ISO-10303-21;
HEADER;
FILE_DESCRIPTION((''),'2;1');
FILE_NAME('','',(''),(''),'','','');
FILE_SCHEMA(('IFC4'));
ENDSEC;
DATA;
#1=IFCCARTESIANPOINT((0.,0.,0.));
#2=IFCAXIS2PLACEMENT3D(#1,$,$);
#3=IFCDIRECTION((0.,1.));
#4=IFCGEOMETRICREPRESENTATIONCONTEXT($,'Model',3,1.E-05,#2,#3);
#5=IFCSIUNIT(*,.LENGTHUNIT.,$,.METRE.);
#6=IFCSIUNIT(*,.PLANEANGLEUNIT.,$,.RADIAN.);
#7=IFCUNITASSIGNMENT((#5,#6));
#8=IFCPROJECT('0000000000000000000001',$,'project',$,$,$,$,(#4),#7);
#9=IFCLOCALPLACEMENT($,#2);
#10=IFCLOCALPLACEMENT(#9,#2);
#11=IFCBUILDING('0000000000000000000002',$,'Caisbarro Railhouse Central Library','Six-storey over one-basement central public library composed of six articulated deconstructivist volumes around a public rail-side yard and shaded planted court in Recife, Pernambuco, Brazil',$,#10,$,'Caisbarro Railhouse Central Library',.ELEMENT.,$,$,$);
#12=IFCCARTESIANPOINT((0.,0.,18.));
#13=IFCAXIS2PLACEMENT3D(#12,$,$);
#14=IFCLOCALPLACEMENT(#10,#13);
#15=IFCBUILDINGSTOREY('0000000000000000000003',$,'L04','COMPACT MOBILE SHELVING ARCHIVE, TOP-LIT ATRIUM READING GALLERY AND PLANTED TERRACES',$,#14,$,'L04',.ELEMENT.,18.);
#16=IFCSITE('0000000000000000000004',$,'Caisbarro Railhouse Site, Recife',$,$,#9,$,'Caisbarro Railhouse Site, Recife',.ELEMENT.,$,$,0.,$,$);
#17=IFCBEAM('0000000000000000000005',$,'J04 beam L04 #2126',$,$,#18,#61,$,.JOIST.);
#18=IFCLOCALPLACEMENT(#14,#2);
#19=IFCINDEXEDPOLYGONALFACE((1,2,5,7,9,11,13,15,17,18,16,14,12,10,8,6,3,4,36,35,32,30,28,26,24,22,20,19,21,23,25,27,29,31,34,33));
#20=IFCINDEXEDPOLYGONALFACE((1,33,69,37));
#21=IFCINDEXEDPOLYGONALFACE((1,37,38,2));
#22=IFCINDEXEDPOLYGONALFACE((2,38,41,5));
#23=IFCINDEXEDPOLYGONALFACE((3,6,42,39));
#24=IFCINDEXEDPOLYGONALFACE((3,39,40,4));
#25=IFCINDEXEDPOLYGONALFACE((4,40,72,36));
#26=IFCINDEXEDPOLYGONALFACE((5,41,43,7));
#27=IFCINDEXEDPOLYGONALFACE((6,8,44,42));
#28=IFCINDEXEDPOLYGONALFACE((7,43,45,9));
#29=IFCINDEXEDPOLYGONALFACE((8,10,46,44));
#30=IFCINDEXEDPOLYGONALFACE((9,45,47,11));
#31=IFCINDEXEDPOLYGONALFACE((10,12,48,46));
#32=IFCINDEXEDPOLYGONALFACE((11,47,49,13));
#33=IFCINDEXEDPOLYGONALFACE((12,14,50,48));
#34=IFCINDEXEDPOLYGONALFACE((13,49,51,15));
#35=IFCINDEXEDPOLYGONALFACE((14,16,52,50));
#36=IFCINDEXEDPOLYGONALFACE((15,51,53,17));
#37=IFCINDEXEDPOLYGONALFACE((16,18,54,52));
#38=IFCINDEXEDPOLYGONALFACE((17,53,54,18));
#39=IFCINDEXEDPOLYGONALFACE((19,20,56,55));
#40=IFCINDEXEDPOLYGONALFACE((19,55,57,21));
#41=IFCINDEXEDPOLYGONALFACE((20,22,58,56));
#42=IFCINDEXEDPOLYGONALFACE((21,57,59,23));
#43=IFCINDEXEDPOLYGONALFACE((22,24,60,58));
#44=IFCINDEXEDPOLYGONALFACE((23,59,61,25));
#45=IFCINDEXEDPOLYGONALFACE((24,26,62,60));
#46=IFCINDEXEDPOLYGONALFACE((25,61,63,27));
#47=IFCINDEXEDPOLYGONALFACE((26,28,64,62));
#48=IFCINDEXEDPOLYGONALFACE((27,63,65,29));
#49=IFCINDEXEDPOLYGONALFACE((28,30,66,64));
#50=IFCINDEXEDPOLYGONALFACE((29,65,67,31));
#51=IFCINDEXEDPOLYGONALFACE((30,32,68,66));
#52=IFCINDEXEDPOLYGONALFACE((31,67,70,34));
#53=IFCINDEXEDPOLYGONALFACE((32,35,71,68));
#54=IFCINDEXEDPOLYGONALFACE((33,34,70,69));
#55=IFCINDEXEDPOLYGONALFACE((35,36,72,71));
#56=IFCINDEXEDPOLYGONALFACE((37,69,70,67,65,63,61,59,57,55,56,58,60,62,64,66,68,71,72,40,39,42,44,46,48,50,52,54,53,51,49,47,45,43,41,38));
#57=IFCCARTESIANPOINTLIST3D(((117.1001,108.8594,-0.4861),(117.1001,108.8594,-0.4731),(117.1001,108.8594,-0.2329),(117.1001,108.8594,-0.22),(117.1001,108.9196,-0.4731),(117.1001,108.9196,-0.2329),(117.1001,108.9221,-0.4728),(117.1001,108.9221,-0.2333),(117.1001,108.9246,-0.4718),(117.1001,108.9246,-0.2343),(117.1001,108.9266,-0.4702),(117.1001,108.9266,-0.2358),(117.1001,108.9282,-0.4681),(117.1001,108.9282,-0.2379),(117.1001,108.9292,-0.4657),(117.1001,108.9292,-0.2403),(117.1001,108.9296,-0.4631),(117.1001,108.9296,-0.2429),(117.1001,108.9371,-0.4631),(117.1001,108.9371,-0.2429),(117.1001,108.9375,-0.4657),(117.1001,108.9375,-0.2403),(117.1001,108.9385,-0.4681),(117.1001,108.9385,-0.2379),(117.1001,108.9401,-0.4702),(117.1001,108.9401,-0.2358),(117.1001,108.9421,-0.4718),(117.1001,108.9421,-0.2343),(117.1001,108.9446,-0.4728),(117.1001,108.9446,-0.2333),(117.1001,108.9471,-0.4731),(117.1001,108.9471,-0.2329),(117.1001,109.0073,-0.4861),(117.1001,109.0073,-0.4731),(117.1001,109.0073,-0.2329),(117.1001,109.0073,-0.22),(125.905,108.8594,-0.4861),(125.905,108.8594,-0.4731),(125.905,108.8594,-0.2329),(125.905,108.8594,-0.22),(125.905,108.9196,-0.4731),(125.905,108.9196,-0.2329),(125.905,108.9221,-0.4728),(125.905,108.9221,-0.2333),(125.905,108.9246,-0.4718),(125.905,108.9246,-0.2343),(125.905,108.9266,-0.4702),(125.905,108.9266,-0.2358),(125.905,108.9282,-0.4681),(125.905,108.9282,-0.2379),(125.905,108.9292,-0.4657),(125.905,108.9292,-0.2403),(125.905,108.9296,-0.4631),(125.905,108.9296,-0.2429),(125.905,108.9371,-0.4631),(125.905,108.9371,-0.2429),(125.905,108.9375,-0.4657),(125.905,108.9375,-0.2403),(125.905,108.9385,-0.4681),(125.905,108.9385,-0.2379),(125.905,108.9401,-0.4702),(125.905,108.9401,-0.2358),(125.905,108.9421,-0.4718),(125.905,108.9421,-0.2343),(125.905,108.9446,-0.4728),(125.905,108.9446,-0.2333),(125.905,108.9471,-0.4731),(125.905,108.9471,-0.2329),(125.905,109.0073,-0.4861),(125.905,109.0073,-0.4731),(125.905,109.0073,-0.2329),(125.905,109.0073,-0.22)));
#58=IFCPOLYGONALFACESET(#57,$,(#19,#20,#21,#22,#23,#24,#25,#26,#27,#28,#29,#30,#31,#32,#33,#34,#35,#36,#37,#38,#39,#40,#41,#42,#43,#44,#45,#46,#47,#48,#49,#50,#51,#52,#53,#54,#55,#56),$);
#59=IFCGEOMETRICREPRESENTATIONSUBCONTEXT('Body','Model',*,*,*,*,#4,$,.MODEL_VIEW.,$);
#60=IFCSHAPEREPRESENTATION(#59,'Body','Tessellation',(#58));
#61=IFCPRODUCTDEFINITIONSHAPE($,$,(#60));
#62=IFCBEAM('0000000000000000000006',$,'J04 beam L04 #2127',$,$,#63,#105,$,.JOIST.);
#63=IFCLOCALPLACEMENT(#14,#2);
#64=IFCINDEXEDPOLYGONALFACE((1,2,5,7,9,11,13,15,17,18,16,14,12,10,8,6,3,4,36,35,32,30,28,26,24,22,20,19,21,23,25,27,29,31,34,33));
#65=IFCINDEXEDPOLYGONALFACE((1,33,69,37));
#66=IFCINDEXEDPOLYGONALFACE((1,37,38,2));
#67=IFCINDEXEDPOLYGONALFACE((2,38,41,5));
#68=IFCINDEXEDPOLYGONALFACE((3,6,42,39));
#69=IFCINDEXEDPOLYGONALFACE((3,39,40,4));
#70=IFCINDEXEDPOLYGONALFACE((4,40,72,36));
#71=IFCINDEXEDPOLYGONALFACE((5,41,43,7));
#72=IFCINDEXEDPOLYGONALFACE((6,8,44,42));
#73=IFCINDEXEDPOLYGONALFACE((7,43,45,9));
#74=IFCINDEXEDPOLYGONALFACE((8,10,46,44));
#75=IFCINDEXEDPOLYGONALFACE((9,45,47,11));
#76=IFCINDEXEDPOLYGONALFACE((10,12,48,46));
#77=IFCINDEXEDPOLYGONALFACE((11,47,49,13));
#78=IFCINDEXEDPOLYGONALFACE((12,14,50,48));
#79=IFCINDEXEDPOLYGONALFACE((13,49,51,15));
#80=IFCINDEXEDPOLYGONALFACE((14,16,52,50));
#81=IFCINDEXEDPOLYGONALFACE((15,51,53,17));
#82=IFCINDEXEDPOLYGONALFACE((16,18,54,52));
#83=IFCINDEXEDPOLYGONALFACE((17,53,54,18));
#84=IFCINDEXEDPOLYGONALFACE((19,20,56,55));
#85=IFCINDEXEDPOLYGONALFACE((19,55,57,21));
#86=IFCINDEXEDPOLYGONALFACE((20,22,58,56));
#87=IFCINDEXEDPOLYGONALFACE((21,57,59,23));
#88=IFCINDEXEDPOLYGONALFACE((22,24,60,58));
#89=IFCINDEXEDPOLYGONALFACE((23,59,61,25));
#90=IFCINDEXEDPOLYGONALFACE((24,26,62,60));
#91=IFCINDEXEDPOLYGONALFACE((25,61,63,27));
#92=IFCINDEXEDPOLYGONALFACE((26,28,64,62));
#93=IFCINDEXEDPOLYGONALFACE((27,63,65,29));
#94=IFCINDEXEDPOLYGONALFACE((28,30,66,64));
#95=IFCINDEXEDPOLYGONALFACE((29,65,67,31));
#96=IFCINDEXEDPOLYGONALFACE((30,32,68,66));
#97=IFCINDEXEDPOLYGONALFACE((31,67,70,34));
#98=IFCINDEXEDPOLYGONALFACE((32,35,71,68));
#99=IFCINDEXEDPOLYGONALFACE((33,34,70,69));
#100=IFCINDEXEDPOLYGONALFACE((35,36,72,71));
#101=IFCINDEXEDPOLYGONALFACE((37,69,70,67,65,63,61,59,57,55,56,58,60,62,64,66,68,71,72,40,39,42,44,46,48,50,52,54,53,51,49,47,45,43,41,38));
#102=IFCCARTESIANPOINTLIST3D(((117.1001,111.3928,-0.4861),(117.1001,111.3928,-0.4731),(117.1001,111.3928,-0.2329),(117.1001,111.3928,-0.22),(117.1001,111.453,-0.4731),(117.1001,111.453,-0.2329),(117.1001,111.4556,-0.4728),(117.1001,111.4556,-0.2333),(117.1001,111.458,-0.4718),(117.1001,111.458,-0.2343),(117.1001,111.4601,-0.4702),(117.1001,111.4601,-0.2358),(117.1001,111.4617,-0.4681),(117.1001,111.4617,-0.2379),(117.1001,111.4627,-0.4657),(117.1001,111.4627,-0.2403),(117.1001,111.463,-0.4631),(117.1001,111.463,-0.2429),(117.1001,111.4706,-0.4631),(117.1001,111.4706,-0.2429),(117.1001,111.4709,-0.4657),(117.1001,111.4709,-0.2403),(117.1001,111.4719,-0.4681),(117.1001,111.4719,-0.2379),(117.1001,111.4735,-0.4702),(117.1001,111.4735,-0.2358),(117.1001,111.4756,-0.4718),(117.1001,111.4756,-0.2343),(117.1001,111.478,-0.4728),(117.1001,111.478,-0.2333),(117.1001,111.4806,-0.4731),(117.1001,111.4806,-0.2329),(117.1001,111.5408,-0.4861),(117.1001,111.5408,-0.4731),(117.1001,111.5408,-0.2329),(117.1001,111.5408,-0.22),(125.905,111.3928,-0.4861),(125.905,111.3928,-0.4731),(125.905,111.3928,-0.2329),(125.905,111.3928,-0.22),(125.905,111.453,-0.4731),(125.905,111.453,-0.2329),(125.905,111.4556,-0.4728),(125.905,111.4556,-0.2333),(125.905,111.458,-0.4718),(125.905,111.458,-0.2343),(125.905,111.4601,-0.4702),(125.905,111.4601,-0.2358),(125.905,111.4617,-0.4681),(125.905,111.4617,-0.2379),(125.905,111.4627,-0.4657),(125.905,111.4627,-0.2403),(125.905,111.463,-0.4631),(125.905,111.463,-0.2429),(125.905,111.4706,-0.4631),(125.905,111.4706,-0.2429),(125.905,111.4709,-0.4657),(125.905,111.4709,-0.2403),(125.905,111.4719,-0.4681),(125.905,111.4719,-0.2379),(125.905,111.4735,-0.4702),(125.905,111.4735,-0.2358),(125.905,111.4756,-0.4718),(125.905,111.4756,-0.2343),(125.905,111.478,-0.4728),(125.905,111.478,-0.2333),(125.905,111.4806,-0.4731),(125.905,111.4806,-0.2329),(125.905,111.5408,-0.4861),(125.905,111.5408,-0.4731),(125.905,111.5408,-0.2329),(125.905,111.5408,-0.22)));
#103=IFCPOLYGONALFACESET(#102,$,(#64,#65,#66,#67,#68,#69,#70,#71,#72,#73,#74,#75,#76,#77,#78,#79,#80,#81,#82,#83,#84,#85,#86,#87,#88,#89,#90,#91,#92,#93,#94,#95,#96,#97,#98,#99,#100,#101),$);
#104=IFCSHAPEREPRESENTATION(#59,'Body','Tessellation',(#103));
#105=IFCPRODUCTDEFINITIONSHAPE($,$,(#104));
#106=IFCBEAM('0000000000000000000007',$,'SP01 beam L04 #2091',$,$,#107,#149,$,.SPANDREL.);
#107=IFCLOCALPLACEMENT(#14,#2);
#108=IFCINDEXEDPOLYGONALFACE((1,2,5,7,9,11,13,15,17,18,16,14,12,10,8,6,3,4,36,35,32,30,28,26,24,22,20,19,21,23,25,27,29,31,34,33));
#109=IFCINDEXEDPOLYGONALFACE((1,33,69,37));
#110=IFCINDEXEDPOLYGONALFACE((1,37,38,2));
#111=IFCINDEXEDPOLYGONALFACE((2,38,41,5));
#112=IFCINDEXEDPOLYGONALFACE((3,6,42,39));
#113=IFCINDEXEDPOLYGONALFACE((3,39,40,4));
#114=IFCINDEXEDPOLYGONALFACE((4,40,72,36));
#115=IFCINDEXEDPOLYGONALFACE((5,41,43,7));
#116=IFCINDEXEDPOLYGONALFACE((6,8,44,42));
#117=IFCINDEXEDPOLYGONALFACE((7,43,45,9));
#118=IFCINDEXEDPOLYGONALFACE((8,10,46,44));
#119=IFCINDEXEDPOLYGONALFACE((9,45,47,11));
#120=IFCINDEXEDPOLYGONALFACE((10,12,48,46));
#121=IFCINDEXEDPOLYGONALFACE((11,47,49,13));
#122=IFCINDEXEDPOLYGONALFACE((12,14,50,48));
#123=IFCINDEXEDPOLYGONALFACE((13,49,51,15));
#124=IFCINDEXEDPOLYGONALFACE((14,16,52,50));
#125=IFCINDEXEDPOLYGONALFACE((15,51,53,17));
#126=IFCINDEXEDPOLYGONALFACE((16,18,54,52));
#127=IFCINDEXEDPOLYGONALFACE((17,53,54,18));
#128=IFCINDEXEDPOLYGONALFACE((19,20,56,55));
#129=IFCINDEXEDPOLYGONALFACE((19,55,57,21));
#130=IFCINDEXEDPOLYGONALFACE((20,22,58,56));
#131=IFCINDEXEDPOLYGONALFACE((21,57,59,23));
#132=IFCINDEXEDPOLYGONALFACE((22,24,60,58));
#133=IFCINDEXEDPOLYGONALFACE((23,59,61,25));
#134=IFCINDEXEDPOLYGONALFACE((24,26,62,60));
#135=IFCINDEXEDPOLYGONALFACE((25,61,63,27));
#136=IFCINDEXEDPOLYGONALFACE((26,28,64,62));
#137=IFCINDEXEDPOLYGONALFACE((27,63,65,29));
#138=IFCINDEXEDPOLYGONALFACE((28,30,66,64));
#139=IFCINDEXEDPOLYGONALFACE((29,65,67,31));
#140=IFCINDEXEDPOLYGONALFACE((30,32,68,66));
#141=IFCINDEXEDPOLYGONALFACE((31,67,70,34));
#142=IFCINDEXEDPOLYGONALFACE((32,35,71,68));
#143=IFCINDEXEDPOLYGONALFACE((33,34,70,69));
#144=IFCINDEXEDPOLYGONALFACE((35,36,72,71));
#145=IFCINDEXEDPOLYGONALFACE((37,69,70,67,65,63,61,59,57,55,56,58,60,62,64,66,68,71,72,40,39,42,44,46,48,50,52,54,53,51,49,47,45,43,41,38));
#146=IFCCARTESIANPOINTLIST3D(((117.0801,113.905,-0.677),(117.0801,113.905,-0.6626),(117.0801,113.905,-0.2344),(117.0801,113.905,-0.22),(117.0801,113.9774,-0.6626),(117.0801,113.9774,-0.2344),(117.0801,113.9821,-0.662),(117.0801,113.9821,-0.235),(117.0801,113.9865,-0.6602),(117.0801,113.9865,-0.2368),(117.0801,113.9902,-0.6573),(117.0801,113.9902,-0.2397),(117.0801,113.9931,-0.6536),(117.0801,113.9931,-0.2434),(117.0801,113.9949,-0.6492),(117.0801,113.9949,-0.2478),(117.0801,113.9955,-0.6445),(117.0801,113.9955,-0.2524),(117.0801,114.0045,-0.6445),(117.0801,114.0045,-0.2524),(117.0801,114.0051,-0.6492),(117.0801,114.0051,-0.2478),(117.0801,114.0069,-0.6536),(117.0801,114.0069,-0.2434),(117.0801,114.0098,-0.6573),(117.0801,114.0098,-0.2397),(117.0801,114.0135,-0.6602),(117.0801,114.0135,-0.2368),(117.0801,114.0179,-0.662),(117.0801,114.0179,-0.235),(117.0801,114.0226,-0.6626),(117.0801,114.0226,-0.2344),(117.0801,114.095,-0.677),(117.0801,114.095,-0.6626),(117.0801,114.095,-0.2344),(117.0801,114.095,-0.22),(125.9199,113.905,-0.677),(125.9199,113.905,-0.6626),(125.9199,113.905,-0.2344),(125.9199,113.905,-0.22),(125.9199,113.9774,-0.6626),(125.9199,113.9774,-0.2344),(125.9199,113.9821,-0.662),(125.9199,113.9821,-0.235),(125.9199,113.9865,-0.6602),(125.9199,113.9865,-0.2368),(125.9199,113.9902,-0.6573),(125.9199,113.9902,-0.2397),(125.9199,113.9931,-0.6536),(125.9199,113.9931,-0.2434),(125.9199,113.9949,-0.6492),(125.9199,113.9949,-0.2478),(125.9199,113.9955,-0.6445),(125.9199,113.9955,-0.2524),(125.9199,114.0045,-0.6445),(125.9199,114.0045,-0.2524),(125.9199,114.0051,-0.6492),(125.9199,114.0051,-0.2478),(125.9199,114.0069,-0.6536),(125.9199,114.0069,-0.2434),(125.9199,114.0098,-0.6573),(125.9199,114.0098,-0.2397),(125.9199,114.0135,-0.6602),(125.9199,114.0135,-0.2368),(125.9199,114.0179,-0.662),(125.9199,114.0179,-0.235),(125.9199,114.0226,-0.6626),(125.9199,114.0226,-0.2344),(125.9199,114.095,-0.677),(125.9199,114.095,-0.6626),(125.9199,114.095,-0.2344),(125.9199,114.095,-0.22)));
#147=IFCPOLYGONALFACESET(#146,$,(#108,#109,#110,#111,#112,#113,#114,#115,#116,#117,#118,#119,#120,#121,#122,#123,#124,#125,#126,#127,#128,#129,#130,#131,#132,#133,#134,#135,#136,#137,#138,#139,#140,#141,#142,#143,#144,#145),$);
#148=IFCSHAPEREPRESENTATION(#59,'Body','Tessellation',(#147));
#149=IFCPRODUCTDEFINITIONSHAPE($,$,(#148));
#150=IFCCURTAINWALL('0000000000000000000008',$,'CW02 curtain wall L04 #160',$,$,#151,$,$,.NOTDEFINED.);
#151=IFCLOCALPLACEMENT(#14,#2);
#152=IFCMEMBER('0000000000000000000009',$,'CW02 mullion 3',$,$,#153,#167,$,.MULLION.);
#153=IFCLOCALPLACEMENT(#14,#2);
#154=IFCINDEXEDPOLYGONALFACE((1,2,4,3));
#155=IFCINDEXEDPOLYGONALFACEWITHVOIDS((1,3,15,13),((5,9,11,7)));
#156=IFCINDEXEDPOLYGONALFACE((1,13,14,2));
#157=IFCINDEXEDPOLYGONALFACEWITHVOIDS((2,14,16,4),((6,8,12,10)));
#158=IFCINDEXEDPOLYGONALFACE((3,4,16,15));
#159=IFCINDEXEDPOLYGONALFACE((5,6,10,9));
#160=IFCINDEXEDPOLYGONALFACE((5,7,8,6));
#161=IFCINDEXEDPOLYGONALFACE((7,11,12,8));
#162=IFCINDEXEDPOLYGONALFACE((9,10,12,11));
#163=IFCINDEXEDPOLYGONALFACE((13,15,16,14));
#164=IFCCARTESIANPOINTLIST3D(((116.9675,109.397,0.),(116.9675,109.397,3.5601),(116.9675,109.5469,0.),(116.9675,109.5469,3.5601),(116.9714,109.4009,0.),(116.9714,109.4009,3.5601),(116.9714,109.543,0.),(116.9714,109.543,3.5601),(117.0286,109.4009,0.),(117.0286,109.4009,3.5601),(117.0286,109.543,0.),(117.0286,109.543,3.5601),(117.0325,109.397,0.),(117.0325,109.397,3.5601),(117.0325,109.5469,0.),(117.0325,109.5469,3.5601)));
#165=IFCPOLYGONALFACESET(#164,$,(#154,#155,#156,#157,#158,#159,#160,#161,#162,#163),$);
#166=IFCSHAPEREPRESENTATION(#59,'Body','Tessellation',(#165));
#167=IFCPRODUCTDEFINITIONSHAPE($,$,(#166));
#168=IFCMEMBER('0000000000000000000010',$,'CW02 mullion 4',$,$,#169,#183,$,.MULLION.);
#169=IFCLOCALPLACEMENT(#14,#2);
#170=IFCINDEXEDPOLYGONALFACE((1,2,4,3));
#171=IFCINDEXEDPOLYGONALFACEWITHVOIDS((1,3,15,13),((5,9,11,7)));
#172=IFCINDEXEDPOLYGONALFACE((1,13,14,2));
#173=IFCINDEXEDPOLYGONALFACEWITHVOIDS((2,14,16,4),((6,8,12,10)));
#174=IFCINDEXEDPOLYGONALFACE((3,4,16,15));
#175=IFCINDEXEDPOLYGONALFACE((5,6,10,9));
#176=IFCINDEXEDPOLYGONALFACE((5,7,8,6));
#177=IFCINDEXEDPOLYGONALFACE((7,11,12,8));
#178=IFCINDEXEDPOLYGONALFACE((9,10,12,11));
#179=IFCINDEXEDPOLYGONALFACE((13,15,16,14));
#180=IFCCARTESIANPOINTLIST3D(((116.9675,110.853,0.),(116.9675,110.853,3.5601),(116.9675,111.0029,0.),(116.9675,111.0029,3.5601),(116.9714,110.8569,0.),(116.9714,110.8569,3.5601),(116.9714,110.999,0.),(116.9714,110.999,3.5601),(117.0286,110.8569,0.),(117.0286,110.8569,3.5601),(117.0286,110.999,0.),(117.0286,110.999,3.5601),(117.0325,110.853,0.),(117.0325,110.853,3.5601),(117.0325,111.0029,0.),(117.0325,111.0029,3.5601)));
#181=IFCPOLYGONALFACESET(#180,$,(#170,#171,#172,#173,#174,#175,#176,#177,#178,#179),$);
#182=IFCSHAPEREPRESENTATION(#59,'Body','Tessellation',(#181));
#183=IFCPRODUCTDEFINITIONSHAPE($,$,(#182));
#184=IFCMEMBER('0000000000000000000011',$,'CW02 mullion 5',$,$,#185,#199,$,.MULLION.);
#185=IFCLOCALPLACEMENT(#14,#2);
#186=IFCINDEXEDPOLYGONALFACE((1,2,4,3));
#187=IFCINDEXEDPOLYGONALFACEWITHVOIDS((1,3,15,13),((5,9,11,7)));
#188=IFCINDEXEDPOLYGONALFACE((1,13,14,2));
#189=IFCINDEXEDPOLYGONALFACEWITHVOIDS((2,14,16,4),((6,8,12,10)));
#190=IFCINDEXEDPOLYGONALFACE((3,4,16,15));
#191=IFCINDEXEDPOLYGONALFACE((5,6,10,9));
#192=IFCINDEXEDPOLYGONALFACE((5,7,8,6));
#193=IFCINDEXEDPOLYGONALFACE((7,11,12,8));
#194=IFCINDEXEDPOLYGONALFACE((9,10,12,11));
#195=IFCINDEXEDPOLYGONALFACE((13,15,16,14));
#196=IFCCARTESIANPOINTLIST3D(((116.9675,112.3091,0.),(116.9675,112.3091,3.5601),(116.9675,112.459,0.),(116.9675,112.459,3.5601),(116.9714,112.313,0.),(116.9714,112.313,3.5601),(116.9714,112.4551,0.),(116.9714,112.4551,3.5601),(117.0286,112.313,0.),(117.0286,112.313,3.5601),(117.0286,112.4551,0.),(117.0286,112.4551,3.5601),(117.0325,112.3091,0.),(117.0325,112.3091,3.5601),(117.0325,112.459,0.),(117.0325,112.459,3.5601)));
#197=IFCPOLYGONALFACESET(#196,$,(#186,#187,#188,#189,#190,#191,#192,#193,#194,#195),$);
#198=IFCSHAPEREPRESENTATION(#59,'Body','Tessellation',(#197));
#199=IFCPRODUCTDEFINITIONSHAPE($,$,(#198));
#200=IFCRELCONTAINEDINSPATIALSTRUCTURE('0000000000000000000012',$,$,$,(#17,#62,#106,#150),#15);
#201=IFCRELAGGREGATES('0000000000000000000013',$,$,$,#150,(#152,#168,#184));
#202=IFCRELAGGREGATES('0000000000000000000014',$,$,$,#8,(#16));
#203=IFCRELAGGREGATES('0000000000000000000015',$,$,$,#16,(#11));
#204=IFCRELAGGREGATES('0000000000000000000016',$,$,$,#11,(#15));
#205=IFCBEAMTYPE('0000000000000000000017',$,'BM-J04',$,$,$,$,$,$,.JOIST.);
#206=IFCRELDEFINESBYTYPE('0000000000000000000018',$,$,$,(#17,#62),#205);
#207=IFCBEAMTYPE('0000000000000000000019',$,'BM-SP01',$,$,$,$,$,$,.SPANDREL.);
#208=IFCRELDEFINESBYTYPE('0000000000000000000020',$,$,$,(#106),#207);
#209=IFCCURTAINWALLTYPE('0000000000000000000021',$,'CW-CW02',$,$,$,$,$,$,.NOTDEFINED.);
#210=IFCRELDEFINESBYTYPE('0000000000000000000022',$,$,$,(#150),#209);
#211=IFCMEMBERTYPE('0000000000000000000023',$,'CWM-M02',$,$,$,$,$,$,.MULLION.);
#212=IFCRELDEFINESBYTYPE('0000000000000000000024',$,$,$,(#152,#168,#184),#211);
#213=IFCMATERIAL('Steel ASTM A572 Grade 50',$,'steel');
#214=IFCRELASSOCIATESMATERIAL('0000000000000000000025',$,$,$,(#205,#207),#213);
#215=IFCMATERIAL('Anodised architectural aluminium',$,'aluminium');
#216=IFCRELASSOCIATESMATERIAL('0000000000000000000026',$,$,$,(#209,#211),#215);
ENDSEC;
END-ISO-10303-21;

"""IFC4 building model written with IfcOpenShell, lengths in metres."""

from ifc_helpers import new_model, si_unit, direction, frame, origin, origin_2d, place, context, subcontext, project, spatial, hollow_rectangle, i_section, extrude, material, material_profile, profile_set, type_object, element, aggregate, save


model = new_model("IFC4")

# Units and contexts
model_context = context("Model", 3, precision=1e-05, world=origin(), true_north=direction((0.0, 1.0)))
body_context = subcontext(model_context, "Body", "Model", "MODEL_VIEW")
ifc_project = project(units=[si_unit("LENGTHUNIT", "METRE"), si_unit("PLANEANGLEUNIT", "RADIAN")], contexts=[model_context])

# Site, building, storey
site_placement = place(None, origin())
site = spatial("IfcSite", under=ifc_project, at=site_placement, Name="Caisbarro Railhouse Site, Recife", LongName="Caisbarro Railhouse Site, Recife", CompositionType="ELEMENT", RefElevation=0.0)
building_placement = place(site_placement, origin())
building = spatial("IfcBuilding", under=site, at=building_placement, Name="Caisbarro Railhouse Central Library", Description="Six-storey over one-basement central public library composed of six articulated deconstructivist volumes around a public rail-side yard and shaded planted court in Recife, Pernambuco, Brazil", LongName="Caisbarro Railhouse Central Library", CompositionType="ELEMENT")
storey_placement = place(building_placement, frame((0.0, 0.0, 18.0)))
storey = spatial("IfcBuildingStorey", under=building, at=storey_placement, Name="L04", Description="COMPACT MOBILE SHELVING ARCHIVE, TOP-LIT ATRIUM READING GALLERY AND PLANTED TERRACES", LongName="L04", CompositionType="ELEMENT", Elevation=18.0)

# Beams
ifc_material_1 = material(Name="Steel ASTM A572 Grade 50", Category="steel")
ifc_material_profile_1 = material_profile(ifc_material_1, i_section(OverallWidth=0.1479, OverallDepth=0.2661, WebThickness=0.0076, FlangeThickness=0.0129, FilletRadius=0.01, at=origin_2d()), Name="W250X44.8")
ifc_profile_set_1 = profile_set([ifc_material_profile_1], Name="Steel ASTM A572 Grade 50")
beam_type_1 = type_object("IfcBeamType", Name="BM-J04", PredefinedType="JOIST", material=ifc_profile_set_1)
for number, where, z_axis, x_axis, name in (
    (1, (117.1001, 108.9333, -0.353), (1.0, 0.0, 0.0), (0.0, 1.0, 0.0), "J04 beam L04 #2126"),
    (2, (117.1001, 111.4668, -0.353), (1.0, 0.0, 0.0), (0.0, 1.0, 0.0), "J04 beam L04 #2127"),
):
    element("IfcBeam", number, at=place(storey_placement, frame(where, z_axis=z_axis, x_axis=x_axis)), inside=storey, type_object=beam_type_1, Name=name, PredefinedType="JOIST", context=body_context, shape_type="SweptSolid", body=[
        extrude(i_section(OverallWidth=0.1479, OverallDepth=0.2661, WebThickness=0.0076, FlangeThickness=0.0129, FilletRadius=0.01, at=origin_2d()), origin(), (0.0, 0.0, 1.0), 8.8049),
    ])
ifc_material_profile_2 = material_profile(ifc_material_1, i_section(OverallWidth=0.1899, OverallDepth=0.457, WebThickness=0.009, FlangeThickness=0.0144, FilletRadius=0.0181, at=origin_2d()), Name="W460X74.0")
ifc_profile_set_2 = profile_set([ifc_material_profile_2], Name="Steel ASTM A572 Grade 50")
beam_type_2 = type_object("IfcBeamType", Name="BM-SP01", PredefinedType="SPANDREL", material=ifc_profile_set_2)
beam_placement = place(storey_placement, frame((117.0801, 114.0, -0.4485), z_axis=(1.0, 0.0, 0.0), x_axis=(0.0, 1.0, 0.0)))
element("IfcBeam", 3, at=beam_placement, inside=storey, type_object=beam_type_2, Name="SP01 beam L04 #2091", PredefinedType="SPANDREL", context=body_context, shape_type="SweptSolid", body=[
    extrude(i_section(OverallWidth=0.1899, OverallDepth=0.457, WebThickness=0.009, FlangeThickness=0.0144, FilletRadius=0.0181, at=origin_2d()), origin(), (0.0, 0.0, 1.0), 8.8398),
])

# Curtain wall, members
ifc_material_2 = material(Name="Anodised architectural aluminium", Category="aluminium")
curtain_wall_type = type_object("IfcCurtainWallType", Name="CW-CW02", PredefinedType="NOTDEFINED", material=ifc_material_2)
curtain_wall_placement = place(storey_placement, origin())
curtain_wall = element("IfcCurtainWall", 4, at=curtain_wall_placement, inside=storey, type_object=curtain_wall_type, Name="CW02 curtain wall L04 #160", PredefinedType="NOTDEFINED")
ifc_material_profile_3 = material_profile(ifc_material_2, hollow_rectangle(XDim=0.0649, YDim=0.1499, WallThickness=0.0039, at=origin_2d()), Name="ALU-MUL-65X150")
ifc_profile_set_3 = profile_set([ifc_material_profile_3], Name="Anodised architectural aluminium")
member_type_1 = type_object("IfcMemberType", Name="CWM-M02", PredefinedType="MULLION", material=ifc_profile_set_3)
member_1_placement = place(storey_placement, frame((117.0, 109.4719, 0.0), z_axis=(0.0, 0.0, 1.0), x_axis=(-1.0, 0.0, 0.0)))
member_1 = element("IfcMember", 5, at=member_1_placement, type_object=member_type_1, Name="CW02 mullion 3", PredefinedType="MULLION", context=body_context, shape_type="SweptSolid", body=[
    extrude(hollow_rectangle(XDim=0.0649, YDim=0.1499, WallThickness=0.0039, at=origin_2d()), origin(), (0.0, 0.0, 1.0), 3.5601),
])
member_2_placement = place(storey_placement, frame((117.0, 110.928, 0.0), z_axis=(0.0, 0.0, 1.0), x_axis=(-1.0, 0.0, 0.0)))
member_2 = element("IfcMember", 6, at=member_2_placement, type_object=member_type_1, Name="CW02 mullion 4", PredefinedType="MULLION", context=body_context, shape_type="SweptSolid", body=[
    extrude(hollow_rectangle(XDim=0.0649, YDim=0.1499, WallThickness=0.0039, at=origin_2d()), origin(), (0.0, 0.0, 1.0), 3.5601),
])
member_3_placement = place(storey_placement, frame((117.0, 112.384, 0.0), z_axis=(0.0, 0.0, 1.0), x_axis=(-1.0, 0.0, 0.0)))
member_3 = element("IfcMember", 7, at=member_3_placement, type_object=member_type_1, Name="CW02 mullion 5", PredefinedType="MULLION", context=body_context, shape_type="SweptSolid", body=[
    extrude(hollow_rectangle(XDim=0.0649, YDim=0.1499, WallThickness=0.0039, at=origin_2d()), origin(), (0.0, 0.0, 1.0), 3.5601),
])
aggregate(curtain_wall, [member_1, member_2, member_3])

save(model, "model.ifc")
